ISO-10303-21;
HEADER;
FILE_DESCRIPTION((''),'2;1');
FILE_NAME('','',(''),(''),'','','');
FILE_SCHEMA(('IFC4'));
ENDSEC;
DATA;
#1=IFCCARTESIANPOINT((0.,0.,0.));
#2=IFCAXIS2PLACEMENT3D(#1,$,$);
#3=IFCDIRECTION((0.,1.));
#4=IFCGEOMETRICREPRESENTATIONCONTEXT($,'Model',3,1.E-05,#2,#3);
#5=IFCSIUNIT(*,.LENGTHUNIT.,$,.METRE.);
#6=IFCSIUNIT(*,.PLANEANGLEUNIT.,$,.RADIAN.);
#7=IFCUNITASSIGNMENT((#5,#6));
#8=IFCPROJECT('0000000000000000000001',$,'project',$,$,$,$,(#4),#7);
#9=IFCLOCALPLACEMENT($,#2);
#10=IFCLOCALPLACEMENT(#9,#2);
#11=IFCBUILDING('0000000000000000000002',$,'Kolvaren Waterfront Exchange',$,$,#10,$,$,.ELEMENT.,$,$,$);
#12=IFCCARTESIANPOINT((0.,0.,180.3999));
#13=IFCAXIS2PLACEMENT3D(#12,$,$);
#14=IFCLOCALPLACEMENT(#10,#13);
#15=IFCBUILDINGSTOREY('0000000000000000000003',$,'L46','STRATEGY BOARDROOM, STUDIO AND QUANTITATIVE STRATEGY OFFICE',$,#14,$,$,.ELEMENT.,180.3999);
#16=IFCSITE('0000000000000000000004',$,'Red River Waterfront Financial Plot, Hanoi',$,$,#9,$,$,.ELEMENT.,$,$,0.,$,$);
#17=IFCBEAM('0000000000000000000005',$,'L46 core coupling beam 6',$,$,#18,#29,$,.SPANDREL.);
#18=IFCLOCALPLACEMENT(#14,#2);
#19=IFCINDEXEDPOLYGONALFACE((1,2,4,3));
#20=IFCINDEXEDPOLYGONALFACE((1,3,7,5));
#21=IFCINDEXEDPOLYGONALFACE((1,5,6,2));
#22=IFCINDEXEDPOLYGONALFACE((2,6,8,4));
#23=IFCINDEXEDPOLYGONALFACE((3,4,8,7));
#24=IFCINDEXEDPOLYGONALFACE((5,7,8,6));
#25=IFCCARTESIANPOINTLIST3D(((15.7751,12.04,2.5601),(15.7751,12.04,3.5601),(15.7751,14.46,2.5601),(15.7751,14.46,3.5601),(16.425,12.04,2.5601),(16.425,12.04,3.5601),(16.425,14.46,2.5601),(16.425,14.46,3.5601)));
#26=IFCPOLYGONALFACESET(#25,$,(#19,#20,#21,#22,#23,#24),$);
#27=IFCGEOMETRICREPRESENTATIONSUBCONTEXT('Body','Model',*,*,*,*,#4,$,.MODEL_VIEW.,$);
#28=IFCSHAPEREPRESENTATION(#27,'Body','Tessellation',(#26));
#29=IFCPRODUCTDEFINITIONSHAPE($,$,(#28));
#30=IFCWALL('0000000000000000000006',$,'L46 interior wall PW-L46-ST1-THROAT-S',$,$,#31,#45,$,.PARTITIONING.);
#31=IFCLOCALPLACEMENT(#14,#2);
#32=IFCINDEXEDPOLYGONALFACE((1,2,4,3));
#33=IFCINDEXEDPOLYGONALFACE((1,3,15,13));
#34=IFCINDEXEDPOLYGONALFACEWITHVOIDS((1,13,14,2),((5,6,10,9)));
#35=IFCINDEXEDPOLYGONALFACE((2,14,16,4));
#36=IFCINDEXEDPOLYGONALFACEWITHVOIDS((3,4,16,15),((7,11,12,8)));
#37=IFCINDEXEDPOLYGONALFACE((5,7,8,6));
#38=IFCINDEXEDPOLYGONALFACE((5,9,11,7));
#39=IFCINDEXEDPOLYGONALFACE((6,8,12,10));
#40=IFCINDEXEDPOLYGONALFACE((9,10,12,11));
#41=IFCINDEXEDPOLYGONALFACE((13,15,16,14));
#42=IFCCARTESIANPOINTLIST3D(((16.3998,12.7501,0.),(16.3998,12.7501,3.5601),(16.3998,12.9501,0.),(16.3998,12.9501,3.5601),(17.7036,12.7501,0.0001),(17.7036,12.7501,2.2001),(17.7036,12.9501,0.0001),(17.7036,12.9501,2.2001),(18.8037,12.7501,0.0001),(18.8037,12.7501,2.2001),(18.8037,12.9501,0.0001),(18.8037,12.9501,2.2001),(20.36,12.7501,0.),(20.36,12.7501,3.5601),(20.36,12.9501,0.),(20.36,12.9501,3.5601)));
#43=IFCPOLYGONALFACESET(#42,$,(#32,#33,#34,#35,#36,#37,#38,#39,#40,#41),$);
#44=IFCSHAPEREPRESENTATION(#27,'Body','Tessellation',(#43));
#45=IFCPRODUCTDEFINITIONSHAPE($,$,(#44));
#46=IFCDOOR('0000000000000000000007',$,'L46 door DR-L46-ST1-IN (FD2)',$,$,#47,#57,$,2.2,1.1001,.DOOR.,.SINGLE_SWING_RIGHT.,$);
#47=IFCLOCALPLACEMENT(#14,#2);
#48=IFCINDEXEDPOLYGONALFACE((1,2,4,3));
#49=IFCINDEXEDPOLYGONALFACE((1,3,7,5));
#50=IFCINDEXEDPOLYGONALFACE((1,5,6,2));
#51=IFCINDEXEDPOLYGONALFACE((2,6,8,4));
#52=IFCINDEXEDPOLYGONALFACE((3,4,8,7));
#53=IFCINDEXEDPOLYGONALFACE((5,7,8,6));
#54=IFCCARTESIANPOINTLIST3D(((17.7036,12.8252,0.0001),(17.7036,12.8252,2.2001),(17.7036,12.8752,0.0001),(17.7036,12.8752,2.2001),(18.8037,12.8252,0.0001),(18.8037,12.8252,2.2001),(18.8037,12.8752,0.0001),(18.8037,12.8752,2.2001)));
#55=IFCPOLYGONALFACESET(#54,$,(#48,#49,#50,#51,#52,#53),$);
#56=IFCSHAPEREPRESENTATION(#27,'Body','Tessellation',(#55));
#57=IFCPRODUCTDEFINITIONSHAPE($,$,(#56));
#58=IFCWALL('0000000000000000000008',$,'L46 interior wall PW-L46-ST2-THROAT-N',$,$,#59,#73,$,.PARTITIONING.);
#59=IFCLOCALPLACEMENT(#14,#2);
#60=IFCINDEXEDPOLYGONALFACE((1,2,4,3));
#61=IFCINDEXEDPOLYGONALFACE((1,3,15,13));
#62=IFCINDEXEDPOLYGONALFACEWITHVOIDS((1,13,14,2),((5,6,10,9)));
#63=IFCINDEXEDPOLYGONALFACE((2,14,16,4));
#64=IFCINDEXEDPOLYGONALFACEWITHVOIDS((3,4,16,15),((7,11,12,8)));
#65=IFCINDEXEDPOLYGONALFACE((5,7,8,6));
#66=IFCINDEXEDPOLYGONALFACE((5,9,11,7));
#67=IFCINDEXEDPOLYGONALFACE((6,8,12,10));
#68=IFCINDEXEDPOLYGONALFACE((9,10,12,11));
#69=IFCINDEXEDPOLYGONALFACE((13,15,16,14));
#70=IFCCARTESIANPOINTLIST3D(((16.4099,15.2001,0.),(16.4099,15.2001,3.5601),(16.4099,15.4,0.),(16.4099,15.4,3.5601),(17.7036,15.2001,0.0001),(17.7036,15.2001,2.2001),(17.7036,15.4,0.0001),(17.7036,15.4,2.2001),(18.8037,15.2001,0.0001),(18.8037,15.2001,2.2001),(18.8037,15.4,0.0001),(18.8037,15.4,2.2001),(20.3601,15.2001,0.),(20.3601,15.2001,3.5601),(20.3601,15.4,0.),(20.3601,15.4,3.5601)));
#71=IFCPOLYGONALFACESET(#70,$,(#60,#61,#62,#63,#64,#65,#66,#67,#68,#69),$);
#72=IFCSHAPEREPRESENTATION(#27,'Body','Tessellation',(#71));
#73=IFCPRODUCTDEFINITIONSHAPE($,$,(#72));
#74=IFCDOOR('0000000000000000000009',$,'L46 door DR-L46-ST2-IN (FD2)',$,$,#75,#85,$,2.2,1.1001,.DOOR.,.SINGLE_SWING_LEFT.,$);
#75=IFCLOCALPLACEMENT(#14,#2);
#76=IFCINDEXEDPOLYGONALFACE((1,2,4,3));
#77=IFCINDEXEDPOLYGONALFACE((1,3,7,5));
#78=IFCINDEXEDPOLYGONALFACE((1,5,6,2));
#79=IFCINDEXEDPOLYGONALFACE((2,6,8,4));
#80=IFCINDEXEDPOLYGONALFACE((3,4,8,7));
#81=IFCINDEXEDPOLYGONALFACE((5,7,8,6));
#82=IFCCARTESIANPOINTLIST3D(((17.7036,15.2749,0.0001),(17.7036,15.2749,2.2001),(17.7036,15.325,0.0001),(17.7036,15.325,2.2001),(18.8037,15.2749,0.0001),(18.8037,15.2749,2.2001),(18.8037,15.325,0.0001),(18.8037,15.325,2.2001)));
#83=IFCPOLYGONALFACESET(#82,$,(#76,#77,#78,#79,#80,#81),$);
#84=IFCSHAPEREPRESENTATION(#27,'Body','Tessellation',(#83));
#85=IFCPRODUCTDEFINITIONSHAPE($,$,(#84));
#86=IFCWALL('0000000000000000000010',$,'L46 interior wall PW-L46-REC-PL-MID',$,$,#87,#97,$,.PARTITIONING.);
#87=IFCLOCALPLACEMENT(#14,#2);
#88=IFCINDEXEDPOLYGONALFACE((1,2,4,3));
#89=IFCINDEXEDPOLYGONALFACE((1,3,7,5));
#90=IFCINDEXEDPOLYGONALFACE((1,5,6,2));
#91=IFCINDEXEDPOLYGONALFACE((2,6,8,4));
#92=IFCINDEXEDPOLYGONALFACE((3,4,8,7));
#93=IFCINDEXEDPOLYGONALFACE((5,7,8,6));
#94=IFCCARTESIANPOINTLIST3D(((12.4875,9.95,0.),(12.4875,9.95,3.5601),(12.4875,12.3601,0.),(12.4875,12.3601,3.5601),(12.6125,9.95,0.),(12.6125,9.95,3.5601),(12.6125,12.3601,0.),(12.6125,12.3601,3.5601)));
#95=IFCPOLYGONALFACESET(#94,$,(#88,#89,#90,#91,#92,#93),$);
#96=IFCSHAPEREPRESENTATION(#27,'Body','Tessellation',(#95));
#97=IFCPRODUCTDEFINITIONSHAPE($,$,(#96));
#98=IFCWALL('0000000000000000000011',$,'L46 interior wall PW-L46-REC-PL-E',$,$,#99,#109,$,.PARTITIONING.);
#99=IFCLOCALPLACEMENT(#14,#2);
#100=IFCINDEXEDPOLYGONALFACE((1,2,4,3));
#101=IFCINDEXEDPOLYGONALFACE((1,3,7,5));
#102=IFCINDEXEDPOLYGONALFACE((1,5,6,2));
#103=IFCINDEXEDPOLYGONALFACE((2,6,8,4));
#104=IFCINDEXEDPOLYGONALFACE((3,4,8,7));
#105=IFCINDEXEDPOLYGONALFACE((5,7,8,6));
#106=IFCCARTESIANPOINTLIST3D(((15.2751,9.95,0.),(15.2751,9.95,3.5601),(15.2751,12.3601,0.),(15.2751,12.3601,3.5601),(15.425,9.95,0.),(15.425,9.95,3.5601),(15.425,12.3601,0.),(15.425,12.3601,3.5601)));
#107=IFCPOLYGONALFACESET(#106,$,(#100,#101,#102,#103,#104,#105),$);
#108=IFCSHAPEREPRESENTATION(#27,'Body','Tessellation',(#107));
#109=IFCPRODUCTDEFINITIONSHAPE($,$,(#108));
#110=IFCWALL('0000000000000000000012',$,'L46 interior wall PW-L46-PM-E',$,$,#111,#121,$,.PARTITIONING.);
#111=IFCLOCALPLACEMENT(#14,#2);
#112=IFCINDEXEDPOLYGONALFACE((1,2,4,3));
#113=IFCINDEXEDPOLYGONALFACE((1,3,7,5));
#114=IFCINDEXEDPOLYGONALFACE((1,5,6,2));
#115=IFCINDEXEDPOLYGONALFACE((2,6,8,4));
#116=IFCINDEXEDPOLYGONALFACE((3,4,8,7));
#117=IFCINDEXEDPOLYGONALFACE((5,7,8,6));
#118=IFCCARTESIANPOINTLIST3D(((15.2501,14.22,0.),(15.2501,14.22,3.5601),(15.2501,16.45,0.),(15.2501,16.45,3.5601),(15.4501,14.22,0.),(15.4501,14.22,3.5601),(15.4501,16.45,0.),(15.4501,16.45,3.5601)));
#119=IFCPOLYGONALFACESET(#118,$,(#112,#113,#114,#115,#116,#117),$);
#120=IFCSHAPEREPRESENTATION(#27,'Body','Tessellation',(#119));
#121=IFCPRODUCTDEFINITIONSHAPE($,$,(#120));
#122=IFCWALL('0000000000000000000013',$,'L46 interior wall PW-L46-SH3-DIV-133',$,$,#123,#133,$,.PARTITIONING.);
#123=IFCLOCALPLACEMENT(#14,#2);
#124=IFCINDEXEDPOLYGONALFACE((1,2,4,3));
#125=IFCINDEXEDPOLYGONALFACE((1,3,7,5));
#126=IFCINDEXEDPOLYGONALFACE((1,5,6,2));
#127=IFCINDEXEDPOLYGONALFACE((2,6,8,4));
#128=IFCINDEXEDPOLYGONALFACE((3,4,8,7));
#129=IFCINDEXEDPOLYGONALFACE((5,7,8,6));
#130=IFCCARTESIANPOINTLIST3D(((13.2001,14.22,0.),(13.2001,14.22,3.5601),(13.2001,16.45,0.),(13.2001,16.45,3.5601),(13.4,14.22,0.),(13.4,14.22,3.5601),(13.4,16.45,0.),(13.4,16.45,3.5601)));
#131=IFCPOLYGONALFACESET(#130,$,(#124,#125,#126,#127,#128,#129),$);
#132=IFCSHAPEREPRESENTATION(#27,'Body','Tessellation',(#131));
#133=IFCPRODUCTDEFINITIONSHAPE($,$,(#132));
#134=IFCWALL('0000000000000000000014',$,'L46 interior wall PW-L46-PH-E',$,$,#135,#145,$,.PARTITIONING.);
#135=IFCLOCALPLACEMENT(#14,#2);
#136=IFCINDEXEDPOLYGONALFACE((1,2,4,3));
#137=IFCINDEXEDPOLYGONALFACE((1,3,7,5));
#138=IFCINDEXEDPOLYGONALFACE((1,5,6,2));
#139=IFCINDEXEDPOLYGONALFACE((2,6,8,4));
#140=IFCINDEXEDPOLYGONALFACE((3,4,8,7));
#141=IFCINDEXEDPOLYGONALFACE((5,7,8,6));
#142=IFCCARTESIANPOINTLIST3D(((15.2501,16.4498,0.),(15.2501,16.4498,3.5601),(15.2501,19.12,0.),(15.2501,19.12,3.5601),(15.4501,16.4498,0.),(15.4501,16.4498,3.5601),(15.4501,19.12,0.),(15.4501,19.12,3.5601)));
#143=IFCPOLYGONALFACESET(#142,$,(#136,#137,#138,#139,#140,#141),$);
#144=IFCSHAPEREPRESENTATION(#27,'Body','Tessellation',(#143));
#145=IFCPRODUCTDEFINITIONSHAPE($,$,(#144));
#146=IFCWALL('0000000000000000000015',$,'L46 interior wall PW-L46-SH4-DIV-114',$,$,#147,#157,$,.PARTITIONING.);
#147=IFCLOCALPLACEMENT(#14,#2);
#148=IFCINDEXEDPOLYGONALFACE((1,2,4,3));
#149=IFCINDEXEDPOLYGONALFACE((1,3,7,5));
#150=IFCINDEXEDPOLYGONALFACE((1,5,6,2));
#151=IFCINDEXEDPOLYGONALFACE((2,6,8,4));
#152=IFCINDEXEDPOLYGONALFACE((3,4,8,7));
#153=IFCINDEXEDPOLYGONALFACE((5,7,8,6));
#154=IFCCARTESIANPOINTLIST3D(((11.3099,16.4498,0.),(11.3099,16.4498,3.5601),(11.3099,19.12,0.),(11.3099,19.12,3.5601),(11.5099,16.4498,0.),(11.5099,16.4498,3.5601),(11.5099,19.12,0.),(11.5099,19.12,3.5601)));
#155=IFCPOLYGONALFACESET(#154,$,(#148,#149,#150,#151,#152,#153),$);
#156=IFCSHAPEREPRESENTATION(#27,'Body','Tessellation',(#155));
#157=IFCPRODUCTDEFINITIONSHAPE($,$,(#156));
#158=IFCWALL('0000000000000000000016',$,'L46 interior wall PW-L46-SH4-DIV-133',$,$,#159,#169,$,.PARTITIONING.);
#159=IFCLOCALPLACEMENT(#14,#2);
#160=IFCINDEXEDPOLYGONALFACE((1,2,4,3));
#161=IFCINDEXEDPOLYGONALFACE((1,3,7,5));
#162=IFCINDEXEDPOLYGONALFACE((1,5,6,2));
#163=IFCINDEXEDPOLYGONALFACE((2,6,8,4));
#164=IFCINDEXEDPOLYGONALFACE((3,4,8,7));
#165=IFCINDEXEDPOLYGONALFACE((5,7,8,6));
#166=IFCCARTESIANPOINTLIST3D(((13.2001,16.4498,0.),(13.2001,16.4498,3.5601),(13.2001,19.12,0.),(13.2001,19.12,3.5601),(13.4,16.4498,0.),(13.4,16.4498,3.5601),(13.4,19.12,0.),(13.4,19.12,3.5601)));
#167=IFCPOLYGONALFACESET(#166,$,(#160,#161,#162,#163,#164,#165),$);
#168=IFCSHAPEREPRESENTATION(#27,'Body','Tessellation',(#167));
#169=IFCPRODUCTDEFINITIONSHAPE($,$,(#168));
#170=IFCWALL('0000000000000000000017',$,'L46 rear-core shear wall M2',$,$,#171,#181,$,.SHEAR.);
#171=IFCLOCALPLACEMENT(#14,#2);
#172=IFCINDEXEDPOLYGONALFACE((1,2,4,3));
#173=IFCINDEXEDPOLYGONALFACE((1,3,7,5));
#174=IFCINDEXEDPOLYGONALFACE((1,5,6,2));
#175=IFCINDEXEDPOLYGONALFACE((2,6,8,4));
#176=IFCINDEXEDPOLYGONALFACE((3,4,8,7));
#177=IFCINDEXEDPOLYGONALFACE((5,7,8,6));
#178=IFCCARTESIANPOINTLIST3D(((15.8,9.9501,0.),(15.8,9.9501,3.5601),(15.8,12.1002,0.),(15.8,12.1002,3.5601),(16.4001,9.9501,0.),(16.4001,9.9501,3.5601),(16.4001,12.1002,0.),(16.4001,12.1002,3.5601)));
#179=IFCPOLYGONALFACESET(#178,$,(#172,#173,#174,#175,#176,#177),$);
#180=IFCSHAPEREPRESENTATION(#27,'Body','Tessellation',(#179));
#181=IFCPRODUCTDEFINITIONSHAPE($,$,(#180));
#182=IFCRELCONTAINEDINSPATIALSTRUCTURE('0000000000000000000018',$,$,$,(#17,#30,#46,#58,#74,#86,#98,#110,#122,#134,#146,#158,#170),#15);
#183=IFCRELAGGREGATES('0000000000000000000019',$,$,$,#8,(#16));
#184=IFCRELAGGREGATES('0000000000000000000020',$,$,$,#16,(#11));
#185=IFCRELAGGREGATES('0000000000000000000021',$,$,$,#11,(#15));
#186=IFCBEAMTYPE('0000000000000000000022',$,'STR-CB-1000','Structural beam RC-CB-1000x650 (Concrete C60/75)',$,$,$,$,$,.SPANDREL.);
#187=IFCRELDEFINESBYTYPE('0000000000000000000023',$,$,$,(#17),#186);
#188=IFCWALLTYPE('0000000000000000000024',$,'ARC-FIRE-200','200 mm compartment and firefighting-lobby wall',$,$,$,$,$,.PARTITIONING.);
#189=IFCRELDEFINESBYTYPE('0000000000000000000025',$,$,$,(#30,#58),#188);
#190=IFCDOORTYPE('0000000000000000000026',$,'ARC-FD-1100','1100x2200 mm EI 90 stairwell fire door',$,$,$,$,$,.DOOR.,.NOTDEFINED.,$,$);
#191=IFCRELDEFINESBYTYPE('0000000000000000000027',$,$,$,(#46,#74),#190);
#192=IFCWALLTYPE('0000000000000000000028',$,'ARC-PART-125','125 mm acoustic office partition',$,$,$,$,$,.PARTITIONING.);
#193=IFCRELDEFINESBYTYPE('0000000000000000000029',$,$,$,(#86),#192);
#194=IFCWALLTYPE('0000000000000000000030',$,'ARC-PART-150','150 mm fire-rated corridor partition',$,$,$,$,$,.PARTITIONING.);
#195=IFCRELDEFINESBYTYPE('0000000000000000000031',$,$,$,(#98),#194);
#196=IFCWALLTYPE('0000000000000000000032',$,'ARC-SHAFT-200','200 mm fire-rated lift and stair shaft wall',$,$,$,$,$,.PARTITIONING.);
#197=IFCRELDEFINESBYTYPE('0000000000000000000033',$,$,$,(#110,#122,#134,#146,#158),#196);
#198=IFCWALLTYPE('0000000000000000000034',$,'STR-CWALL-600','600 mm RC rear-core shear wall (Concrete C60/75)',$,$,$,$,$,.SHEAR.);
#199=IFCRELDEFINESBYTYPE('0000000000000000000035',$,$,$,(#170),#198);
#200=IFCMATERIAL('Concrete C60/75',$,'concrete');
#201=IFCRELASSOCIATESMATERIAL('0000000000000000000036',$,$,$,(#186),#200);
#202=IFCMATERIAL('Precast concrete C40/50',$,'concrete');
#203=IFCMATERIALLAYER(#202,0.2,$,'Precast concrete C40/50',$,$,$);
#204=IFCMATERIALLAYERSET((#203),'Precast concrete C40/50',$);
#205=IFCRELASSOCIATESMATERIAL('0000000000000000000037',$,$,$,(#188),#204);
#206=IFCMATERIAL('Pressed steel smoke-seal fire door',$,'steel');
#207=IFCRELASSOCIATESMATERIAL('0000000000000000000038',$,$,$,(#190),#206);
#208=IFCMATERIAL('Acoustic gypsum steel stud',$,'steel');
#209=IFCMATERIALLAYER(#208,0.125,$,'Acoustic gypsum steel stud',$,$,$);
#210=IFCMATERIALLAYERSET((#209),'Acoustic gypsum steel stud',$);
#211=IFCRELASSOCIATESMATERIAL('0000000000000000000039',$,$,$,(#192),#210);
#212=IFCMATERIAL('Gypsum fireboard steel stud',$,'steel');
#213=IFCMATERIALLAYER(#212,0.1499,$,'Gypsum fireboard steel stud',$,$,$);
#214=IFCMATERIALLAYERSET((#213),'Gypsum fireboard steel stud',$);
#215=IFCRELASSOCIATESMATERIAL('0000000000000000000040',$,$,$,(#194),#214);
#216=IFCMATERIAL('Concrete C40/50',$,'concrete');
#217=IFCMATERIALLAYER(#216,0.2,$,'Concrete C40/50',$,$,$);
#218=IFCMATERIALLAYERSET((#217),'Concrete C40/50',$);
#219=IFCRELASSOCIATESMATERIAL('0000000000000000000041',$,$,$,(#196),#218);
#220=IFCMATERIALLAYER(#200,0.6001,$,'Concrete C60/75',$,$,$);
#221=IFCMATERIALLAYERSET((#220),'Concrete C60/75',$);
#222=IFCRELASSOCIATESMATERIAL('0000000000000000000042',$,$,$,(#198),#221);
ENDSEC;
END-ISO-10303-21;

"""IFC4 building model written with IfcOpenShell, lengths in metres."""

from ifc_helpers import new_model, si_unit, direction, frame, frame_2d, origin, origin_2d, place, context, subcontext, project, spatial, rectangle, extrude, material, layer, layer_set, material_profile, profile_set, type_object, element, fill, save


model = new_model("IFC4")

# Units and contexts
model_context = context("Model", 3, precision=1e-05, world=origin(), true_north=direction((0.0, 1.0)))
body_context = subcontext(model_context, "Body", "Model", "MODEL_VIEW")
ifc_project = project(units=[si_unit("LENGTHUNIT", "METRE"), si_unit("PLANEANGLEUNIT", "RADIAN")], contexts=[model_context])

# Site, building, storey
site_placement = place(None, origin())
site = spatial("IfcSite", under=ifc_project, at=site_placement, Name="Red River Waterfront Financial Plot, Hanoi", CompositionType="ELEMENT", RefElevation=0.0)
building_placement = place(site_placement, origin())
building = spatial("IfcBuilding", under=site, at=building_placement, Name="Kolvaren Waterfront Exchange", CompositionType="ELEMENT")
storey_placement = place(building_placement, frame((0.0, 0.0, 180.3999)))
storey = spatial("IfcBuildingStorey", under=building, at=storey_placement, Name="L46", Description="STRATEGY BOARDROOM, STUDIO AND QUANTITATIVE STRATEGY OFFICE", CompositionType="ELEMENT", Elevation=180.3999)

# Beam
ifc_material_1 = material(Name="Concrete C60/75", Category="concrete")
ifc_material_profile = material_profile(ifc_material_1, rectangle(XDim=0.6499, YDim=1.0, at=origin_2d()), Name="RC-CB-1000x650")
ifc_profile_set = profile_set([ifc_material_profile], Name="Concrete C60/75")
beam_type = type_object("IfcBeamType", Name="STR-CB-1000", Description="Structural beam RC-CB-1000x650 (Concrete C60/75)", PredefinedType="SPANDREL", material=ifc_profile_set)
beam_placement = place(storey_placement, frame((16.1001, 12.04, 3.0601), z_axis=(0.0, 1.0, 0.0), x_axis=(-1.0, 0.0, 0.0)))
element("IfcBeam", 1, at=beam_placement, inside=storey, type_object=beam_type, Name="L46 core coupling beam 6", PredefinedType="SPANDREL", context=body_context, shape_type="SweptSolid", body=[
    extrude(rectangle(XDim=0.6499, YDim=1.0, at=origin_2d()), origin(), (0.0, 0.0, 1.0), 2.4199),
])

# Walls, openings, doors
ifc_material_2 = material(Name="Precast concrete C40/50", Category="concrete")
ifc_layer_1 = layer(ifc_material_2, 0.2, Name="Precast concrete C40/50")
ifc_layer_set_1 = layer_set([ifc_layer_1], Name="Precast concrete C40/50")
wall_type_1 = type_object("IfcWallType", Name="ARC-FIRE-200", Description="200 mm compartment and firefighting-lobby wall", PredefinedType="PARTITIONING", material=ifc_layer_set_1)
wall_1_placement = place(storey_placement, frame((16.3999, 12.8501, 0.0), z_axis=(0.0, 0.0, 1.0), x_axis=(1.0, 0.0, 0.0)))
wall_1 = element("IfcWall", 2, at=wall_1_placement, inside=storey, type_object=wall_type_1, Name="L46 interior wall PW-L46-ST1-THROAT-S", PredefinedType="PARTITIONING", context=body_context, shape_type="SweptSolid", body=[
    extrude(rectangle(XDim=3.9602, YDim=0.2, at=frame_2d((1.98, 0.0))), origin(), (0.0, 0.0, 1.0), 3.5601),
])
opening_1_placement = place(wall_1_placement, frame((1.3037, 0.0, 0.0)))
opening_1 = element("IfcOpeningElement", 3, at=opening_1_placement, cuts=wall_1, PredefinedType="OPENING", context=body_context, shape_type="SweptSolid", body=[
    extrude(rectangle(XDim=1.1001, YDim=2.2, at=frame_2d((0.55, 1.1001))), frame((0.0, 0.1099, 0.0), z_axis=(0.0, -1.0, 0.0), x_axis=(1.0, 0.0, 0.0)), (0.0, 0.0, 1.0), 0.22),
])
ifc_material_3 = material(Name="Pressed steel smoke-seal fire door", Category="steel")
door_type = type_object("IfcDoorType", Name="ARC-FD-1100", Description="1100x2200 mm EI 90 stairwell fire door", OperationType="NOTDEFINED", PredefinedType="DOOR", material=ifc_material_3)
door_1_placement = place(opening_1_placement, frame((1.1001, 0.0, 0.0), z_axis=(0.0, 0.0, 1.0), x_axis=(-1.0, 0.0, 0.0)))
door_1 = element("IfcDoor", 4, at=door_1_placement, inside=storey, type_object=door_type, Name="L46 door DR-L46-ST1-IN (FD2)", OperationType="SINGLE_SWING_RIGHT", OverallHeight=2.2, OverallWidth=1.1001, PredefinedType="DOOR", context=body_context, shape_type="SweptSolid", body=[
    extrude(rectangle(XDim=1.1001, YDim=2.2, at=frame_2d((0.55, 1.1001))), frame((0.0, 0.0249, 0.0), z_axis=(0.0, -1.0, 0.0), x_axis=(1.0, 0.0, 0.0)), (0.0, 0.0, 1.0), 0.05),
])
fill(opening_1, door_1)
wall_2_placement = place(storey_placement, frame((16.4099, 15.3, 0.0), z_axis=(0.0, 0.0, 1.0), x_axis=(1.0, 0.0, 0.0)))
wall_2 = element("IfcWall", 5, at=wall_2_placement, inside=storey, type_object=wall_type_1, Name="L46 interior wall PW-L46-ST2-THROAT-N", PredefinedType="PARTITIONING", context=body_context, shape_type="SweptSolid", body=[
    extrude(rectangle(XDim=3.9502, YDim=0.2, at=frame_2d((1.9751, 0.0))), origin(), (0.0, 0.0, 1.0), 3.5601),
])
opening_2_placement = place(wall_2_placement, frame((1.2937, 0.0, 0.0)))
opening_2 = element("IfcOpeningElement", 6, at=opening_2_placement, cuts=wall_2, PredefinedType="OPENING", context=body_context, shape_type="SweptSolid", body=[
    extrude(rectangle(XDim=1.1001, YDim=2.2, at=frame_2d((0.55, 1.1001))), frame((0.0, 0.1099, 0.0), z_axis=(0.0, -1.0, 0.0), x_axis=(1.0, 0.0, 0.0)), (0.0, 0.0, 1.0), 0.22),
])
door_2_placement = place(opening_2_placement, origin())
door_2 = element("IfcDoor", 7, at=door_2_placement, inside=storey, type_object=door_type, Name="L46 door DR-L46-ST2-IN (FD2)", OperationType="SINGLE_SWING_LEFT", OverallHeight=2.2, OverallWidth=1.1001, PredefinedType="DOOR", context=body_context, shape_type="SweptSolid", body=[
    extrude(rectangle(XDim=1.1001, YDim=2.2, at=frame_2d((0.55, 1.1001))), frame((0.0, 0.0249, 0.0), z_axis=(0.0, -1.0, 0.0), x_axis=(1.0, 0.0, 0.0)), (0.0, 0.0, 1.0), 0.05),
])
fill(opening_2, door_2)

# Walls
ifc_material_4 = material(Name="Acoustic gypsum steel stud", Category="steel")
ifc_layer_2 = layer(ifc_material_4, 0.125, Name="Acoustic gypsum steel stud")
ifc_layer_set_2 = layer_set([ifc_layer_2], Name="Acoustic gypsum steel stud")
wall_type_2 = type_object("IfcWallType", Name="ARC-PART-125", Description="125 mm acoustic office partition", PredefinedType="PARTITIONING", material=ifc_layer_set_2)
wall_3_placement = place(storey_placement, frame((12.55, 9.95, 0.0), z_axis=(0.0, 0.0, 1.0), x_axis=(0.0, 1.0, 0.0)))
element("IfcWall", 8, at=wall_3_placement, inside=storey, type_object=wall_type_2, Name="L46 interior wall PW-L46-REC-PL-MID", PredefinedType="PARTITIONING", context=body_context, shape_type="SweptSolid", body=[
    extrude(rectangle(XDim=2.4102, YDim=0.125, at=frame_2d((1.2051, 0.0))), origin(), (0.0, 0.0, 1.0), 3.5601),
])
ifc_material_5 = material(Name="Gypsum fireboard steel stud", Category="steel")
ifc_layer_3 = layer(ifc_material_5, 0.1499, Name="Gypsum fireboard steel stud")
ifc_layer_set_3 = layer_set([ifc_layer_3], Name="Gypsum fireboard steel stud")
wall_type_3 = type_object("IfcWallType", Name="ARC-PART-150", Description="150 mm fire-rated corridor partition", PredefinedType="PARTITIONING", material=ifc_layer_set_3)
wall_4_placement = place(storey_placement, frame((15.3501, 9.95, 0.0), z_axis=(0.0, 0.0, 1.0), x_axis=(0.0, 1.0, 0.0)))
element("IfcWall", 9, at=wall_4_placement, inside=storey, type_object=wall_type_3, Name="L46 interior wall PW-L46-REC-PL-E", PredefinedType="PARTITIONING", context=body_context, shape_type="SweptSolid", body=[
    extrude(rectangle(XDim=2.4102, YDim=0.1499, at=frame_2d((1.2051, 0.0))), origin(), (0.0, 0.0, 1.0), 3.5601),
])
ifc_material_6 = material(Name="Concrete C40/50", Category="concrete")
ifc_layer_4 = layer(ifc_material_6, 0.2, Name="Concrete C40/50")
ifc_layer_set_4 = layer_set([ifc_layer_4], Name="Concrete C40/50")
wall_type_4 = type_object("IfcWallType", Name="ARC-SHAFT-200", Description="200 mm fire-rated lift and stair shaft wall", PredefinedType="PARTITIONING", material=ifc_layer_set_4)
for number, where, z_axis, x_axis, name in (
    (10, (15.3501, 14.22, 0.0), (0.0, 0.0, 1.0), (0.0, 1.0, 0.0), "L46 interior wall PW-L46-PM-E"),
    (11, (13.3, 14.22, 0.0), (0.0, 0.0, 1.0), (0.0, 1.0, 0.0), "L46 interior wall PW-L46-SH3-DIV-133"),
):
    element("IfcWall", number, at=place(storey_placement, frame(where, z_axis=z_axis, x_axis=x_axis)), inside=storey, type_object=wall_type_4, Name=name, PredefinedType="PARTITIONING", context=body_context, shape_type="SweptSolid", body=[
        extrude(rectangle(XDim=2.23, YDim=0.2, at=frame_2d((1.115, 0.0))), origin(), (0.0, 0.0, 1.0), 3.5601),
    ])
for number, where, z_axis, x_axis, name in (
    (12, (15.3501, 16.45, 0.0), (0.0, 0.0, 1.0), (0.0, 1.0, 0.0), "L46 interior wall PW-L46-PH-E"),
    (13, (11.4099, 16.45, 0.0), (0.0, 0.0, 1.0), (0.0, 1.0, 0.0), "L46 interior wall PW-L46-SH4-DIV-114"),
    (14, (13.3, 16.45, 0.0), (0.0, 0.0, 1.0), (0.0, 1.0, 0.0), "L46 interior wall PW-L46-SH4-DIV-133"),
):
    element("IfcWall", number, at=place(storey_placement, frame(where, z_axis=z_axis, x_axis=x_axis)), inside=storey, type_object=wall_type_4, Name=name, PredefinedType="PARTITIONING", context=body_context, shape_type="SweptSolid", body=[
        extrude(rectangle(XDim=2.6702, YDim=0.2, at=frame_2d((1.335, 0.0))), origin(), (0.0, 0.0, 1.0), 3.5601),
    ])
ifc_layer_5 = layer(ifc_material_1, 0.6001, Name="Concrete C60/75")
ifc_layer_set_5 = layer_set([ifc_layer_5], Name="Concrete C60/75")
wall_type_5 = type_object("IfcWallType", Name="STR-CWALL-600", Description="600 mm RC rear-core shear wall (Concrete C60/75)", PredefinedType="SHEAR", material=ifc_layer_set_5)
wall_5_placement = place(storey_placement, frame((16.1001, 9.95, 0.0), z_axis=(0.0, 0.0, 1.0), x_axis=(0.0, 1.0, 0.0)))
element("IfcWall", 15, at=wall_5_placement, inside=storey, type_object=wall_type_5, Name="L46 rear-core shear wall M2", PredefinedType="SHEAR", context=body_context, shape_type="SweptSolid", body=[
    extrude(rectangle(XDim=2.1501, YDim=0.6001, at=frame_2d((1.0752, 0.0))), origin(), (0.0, 0.0, 1.0), 3.5601),
])

save(model, "model.ifc")
